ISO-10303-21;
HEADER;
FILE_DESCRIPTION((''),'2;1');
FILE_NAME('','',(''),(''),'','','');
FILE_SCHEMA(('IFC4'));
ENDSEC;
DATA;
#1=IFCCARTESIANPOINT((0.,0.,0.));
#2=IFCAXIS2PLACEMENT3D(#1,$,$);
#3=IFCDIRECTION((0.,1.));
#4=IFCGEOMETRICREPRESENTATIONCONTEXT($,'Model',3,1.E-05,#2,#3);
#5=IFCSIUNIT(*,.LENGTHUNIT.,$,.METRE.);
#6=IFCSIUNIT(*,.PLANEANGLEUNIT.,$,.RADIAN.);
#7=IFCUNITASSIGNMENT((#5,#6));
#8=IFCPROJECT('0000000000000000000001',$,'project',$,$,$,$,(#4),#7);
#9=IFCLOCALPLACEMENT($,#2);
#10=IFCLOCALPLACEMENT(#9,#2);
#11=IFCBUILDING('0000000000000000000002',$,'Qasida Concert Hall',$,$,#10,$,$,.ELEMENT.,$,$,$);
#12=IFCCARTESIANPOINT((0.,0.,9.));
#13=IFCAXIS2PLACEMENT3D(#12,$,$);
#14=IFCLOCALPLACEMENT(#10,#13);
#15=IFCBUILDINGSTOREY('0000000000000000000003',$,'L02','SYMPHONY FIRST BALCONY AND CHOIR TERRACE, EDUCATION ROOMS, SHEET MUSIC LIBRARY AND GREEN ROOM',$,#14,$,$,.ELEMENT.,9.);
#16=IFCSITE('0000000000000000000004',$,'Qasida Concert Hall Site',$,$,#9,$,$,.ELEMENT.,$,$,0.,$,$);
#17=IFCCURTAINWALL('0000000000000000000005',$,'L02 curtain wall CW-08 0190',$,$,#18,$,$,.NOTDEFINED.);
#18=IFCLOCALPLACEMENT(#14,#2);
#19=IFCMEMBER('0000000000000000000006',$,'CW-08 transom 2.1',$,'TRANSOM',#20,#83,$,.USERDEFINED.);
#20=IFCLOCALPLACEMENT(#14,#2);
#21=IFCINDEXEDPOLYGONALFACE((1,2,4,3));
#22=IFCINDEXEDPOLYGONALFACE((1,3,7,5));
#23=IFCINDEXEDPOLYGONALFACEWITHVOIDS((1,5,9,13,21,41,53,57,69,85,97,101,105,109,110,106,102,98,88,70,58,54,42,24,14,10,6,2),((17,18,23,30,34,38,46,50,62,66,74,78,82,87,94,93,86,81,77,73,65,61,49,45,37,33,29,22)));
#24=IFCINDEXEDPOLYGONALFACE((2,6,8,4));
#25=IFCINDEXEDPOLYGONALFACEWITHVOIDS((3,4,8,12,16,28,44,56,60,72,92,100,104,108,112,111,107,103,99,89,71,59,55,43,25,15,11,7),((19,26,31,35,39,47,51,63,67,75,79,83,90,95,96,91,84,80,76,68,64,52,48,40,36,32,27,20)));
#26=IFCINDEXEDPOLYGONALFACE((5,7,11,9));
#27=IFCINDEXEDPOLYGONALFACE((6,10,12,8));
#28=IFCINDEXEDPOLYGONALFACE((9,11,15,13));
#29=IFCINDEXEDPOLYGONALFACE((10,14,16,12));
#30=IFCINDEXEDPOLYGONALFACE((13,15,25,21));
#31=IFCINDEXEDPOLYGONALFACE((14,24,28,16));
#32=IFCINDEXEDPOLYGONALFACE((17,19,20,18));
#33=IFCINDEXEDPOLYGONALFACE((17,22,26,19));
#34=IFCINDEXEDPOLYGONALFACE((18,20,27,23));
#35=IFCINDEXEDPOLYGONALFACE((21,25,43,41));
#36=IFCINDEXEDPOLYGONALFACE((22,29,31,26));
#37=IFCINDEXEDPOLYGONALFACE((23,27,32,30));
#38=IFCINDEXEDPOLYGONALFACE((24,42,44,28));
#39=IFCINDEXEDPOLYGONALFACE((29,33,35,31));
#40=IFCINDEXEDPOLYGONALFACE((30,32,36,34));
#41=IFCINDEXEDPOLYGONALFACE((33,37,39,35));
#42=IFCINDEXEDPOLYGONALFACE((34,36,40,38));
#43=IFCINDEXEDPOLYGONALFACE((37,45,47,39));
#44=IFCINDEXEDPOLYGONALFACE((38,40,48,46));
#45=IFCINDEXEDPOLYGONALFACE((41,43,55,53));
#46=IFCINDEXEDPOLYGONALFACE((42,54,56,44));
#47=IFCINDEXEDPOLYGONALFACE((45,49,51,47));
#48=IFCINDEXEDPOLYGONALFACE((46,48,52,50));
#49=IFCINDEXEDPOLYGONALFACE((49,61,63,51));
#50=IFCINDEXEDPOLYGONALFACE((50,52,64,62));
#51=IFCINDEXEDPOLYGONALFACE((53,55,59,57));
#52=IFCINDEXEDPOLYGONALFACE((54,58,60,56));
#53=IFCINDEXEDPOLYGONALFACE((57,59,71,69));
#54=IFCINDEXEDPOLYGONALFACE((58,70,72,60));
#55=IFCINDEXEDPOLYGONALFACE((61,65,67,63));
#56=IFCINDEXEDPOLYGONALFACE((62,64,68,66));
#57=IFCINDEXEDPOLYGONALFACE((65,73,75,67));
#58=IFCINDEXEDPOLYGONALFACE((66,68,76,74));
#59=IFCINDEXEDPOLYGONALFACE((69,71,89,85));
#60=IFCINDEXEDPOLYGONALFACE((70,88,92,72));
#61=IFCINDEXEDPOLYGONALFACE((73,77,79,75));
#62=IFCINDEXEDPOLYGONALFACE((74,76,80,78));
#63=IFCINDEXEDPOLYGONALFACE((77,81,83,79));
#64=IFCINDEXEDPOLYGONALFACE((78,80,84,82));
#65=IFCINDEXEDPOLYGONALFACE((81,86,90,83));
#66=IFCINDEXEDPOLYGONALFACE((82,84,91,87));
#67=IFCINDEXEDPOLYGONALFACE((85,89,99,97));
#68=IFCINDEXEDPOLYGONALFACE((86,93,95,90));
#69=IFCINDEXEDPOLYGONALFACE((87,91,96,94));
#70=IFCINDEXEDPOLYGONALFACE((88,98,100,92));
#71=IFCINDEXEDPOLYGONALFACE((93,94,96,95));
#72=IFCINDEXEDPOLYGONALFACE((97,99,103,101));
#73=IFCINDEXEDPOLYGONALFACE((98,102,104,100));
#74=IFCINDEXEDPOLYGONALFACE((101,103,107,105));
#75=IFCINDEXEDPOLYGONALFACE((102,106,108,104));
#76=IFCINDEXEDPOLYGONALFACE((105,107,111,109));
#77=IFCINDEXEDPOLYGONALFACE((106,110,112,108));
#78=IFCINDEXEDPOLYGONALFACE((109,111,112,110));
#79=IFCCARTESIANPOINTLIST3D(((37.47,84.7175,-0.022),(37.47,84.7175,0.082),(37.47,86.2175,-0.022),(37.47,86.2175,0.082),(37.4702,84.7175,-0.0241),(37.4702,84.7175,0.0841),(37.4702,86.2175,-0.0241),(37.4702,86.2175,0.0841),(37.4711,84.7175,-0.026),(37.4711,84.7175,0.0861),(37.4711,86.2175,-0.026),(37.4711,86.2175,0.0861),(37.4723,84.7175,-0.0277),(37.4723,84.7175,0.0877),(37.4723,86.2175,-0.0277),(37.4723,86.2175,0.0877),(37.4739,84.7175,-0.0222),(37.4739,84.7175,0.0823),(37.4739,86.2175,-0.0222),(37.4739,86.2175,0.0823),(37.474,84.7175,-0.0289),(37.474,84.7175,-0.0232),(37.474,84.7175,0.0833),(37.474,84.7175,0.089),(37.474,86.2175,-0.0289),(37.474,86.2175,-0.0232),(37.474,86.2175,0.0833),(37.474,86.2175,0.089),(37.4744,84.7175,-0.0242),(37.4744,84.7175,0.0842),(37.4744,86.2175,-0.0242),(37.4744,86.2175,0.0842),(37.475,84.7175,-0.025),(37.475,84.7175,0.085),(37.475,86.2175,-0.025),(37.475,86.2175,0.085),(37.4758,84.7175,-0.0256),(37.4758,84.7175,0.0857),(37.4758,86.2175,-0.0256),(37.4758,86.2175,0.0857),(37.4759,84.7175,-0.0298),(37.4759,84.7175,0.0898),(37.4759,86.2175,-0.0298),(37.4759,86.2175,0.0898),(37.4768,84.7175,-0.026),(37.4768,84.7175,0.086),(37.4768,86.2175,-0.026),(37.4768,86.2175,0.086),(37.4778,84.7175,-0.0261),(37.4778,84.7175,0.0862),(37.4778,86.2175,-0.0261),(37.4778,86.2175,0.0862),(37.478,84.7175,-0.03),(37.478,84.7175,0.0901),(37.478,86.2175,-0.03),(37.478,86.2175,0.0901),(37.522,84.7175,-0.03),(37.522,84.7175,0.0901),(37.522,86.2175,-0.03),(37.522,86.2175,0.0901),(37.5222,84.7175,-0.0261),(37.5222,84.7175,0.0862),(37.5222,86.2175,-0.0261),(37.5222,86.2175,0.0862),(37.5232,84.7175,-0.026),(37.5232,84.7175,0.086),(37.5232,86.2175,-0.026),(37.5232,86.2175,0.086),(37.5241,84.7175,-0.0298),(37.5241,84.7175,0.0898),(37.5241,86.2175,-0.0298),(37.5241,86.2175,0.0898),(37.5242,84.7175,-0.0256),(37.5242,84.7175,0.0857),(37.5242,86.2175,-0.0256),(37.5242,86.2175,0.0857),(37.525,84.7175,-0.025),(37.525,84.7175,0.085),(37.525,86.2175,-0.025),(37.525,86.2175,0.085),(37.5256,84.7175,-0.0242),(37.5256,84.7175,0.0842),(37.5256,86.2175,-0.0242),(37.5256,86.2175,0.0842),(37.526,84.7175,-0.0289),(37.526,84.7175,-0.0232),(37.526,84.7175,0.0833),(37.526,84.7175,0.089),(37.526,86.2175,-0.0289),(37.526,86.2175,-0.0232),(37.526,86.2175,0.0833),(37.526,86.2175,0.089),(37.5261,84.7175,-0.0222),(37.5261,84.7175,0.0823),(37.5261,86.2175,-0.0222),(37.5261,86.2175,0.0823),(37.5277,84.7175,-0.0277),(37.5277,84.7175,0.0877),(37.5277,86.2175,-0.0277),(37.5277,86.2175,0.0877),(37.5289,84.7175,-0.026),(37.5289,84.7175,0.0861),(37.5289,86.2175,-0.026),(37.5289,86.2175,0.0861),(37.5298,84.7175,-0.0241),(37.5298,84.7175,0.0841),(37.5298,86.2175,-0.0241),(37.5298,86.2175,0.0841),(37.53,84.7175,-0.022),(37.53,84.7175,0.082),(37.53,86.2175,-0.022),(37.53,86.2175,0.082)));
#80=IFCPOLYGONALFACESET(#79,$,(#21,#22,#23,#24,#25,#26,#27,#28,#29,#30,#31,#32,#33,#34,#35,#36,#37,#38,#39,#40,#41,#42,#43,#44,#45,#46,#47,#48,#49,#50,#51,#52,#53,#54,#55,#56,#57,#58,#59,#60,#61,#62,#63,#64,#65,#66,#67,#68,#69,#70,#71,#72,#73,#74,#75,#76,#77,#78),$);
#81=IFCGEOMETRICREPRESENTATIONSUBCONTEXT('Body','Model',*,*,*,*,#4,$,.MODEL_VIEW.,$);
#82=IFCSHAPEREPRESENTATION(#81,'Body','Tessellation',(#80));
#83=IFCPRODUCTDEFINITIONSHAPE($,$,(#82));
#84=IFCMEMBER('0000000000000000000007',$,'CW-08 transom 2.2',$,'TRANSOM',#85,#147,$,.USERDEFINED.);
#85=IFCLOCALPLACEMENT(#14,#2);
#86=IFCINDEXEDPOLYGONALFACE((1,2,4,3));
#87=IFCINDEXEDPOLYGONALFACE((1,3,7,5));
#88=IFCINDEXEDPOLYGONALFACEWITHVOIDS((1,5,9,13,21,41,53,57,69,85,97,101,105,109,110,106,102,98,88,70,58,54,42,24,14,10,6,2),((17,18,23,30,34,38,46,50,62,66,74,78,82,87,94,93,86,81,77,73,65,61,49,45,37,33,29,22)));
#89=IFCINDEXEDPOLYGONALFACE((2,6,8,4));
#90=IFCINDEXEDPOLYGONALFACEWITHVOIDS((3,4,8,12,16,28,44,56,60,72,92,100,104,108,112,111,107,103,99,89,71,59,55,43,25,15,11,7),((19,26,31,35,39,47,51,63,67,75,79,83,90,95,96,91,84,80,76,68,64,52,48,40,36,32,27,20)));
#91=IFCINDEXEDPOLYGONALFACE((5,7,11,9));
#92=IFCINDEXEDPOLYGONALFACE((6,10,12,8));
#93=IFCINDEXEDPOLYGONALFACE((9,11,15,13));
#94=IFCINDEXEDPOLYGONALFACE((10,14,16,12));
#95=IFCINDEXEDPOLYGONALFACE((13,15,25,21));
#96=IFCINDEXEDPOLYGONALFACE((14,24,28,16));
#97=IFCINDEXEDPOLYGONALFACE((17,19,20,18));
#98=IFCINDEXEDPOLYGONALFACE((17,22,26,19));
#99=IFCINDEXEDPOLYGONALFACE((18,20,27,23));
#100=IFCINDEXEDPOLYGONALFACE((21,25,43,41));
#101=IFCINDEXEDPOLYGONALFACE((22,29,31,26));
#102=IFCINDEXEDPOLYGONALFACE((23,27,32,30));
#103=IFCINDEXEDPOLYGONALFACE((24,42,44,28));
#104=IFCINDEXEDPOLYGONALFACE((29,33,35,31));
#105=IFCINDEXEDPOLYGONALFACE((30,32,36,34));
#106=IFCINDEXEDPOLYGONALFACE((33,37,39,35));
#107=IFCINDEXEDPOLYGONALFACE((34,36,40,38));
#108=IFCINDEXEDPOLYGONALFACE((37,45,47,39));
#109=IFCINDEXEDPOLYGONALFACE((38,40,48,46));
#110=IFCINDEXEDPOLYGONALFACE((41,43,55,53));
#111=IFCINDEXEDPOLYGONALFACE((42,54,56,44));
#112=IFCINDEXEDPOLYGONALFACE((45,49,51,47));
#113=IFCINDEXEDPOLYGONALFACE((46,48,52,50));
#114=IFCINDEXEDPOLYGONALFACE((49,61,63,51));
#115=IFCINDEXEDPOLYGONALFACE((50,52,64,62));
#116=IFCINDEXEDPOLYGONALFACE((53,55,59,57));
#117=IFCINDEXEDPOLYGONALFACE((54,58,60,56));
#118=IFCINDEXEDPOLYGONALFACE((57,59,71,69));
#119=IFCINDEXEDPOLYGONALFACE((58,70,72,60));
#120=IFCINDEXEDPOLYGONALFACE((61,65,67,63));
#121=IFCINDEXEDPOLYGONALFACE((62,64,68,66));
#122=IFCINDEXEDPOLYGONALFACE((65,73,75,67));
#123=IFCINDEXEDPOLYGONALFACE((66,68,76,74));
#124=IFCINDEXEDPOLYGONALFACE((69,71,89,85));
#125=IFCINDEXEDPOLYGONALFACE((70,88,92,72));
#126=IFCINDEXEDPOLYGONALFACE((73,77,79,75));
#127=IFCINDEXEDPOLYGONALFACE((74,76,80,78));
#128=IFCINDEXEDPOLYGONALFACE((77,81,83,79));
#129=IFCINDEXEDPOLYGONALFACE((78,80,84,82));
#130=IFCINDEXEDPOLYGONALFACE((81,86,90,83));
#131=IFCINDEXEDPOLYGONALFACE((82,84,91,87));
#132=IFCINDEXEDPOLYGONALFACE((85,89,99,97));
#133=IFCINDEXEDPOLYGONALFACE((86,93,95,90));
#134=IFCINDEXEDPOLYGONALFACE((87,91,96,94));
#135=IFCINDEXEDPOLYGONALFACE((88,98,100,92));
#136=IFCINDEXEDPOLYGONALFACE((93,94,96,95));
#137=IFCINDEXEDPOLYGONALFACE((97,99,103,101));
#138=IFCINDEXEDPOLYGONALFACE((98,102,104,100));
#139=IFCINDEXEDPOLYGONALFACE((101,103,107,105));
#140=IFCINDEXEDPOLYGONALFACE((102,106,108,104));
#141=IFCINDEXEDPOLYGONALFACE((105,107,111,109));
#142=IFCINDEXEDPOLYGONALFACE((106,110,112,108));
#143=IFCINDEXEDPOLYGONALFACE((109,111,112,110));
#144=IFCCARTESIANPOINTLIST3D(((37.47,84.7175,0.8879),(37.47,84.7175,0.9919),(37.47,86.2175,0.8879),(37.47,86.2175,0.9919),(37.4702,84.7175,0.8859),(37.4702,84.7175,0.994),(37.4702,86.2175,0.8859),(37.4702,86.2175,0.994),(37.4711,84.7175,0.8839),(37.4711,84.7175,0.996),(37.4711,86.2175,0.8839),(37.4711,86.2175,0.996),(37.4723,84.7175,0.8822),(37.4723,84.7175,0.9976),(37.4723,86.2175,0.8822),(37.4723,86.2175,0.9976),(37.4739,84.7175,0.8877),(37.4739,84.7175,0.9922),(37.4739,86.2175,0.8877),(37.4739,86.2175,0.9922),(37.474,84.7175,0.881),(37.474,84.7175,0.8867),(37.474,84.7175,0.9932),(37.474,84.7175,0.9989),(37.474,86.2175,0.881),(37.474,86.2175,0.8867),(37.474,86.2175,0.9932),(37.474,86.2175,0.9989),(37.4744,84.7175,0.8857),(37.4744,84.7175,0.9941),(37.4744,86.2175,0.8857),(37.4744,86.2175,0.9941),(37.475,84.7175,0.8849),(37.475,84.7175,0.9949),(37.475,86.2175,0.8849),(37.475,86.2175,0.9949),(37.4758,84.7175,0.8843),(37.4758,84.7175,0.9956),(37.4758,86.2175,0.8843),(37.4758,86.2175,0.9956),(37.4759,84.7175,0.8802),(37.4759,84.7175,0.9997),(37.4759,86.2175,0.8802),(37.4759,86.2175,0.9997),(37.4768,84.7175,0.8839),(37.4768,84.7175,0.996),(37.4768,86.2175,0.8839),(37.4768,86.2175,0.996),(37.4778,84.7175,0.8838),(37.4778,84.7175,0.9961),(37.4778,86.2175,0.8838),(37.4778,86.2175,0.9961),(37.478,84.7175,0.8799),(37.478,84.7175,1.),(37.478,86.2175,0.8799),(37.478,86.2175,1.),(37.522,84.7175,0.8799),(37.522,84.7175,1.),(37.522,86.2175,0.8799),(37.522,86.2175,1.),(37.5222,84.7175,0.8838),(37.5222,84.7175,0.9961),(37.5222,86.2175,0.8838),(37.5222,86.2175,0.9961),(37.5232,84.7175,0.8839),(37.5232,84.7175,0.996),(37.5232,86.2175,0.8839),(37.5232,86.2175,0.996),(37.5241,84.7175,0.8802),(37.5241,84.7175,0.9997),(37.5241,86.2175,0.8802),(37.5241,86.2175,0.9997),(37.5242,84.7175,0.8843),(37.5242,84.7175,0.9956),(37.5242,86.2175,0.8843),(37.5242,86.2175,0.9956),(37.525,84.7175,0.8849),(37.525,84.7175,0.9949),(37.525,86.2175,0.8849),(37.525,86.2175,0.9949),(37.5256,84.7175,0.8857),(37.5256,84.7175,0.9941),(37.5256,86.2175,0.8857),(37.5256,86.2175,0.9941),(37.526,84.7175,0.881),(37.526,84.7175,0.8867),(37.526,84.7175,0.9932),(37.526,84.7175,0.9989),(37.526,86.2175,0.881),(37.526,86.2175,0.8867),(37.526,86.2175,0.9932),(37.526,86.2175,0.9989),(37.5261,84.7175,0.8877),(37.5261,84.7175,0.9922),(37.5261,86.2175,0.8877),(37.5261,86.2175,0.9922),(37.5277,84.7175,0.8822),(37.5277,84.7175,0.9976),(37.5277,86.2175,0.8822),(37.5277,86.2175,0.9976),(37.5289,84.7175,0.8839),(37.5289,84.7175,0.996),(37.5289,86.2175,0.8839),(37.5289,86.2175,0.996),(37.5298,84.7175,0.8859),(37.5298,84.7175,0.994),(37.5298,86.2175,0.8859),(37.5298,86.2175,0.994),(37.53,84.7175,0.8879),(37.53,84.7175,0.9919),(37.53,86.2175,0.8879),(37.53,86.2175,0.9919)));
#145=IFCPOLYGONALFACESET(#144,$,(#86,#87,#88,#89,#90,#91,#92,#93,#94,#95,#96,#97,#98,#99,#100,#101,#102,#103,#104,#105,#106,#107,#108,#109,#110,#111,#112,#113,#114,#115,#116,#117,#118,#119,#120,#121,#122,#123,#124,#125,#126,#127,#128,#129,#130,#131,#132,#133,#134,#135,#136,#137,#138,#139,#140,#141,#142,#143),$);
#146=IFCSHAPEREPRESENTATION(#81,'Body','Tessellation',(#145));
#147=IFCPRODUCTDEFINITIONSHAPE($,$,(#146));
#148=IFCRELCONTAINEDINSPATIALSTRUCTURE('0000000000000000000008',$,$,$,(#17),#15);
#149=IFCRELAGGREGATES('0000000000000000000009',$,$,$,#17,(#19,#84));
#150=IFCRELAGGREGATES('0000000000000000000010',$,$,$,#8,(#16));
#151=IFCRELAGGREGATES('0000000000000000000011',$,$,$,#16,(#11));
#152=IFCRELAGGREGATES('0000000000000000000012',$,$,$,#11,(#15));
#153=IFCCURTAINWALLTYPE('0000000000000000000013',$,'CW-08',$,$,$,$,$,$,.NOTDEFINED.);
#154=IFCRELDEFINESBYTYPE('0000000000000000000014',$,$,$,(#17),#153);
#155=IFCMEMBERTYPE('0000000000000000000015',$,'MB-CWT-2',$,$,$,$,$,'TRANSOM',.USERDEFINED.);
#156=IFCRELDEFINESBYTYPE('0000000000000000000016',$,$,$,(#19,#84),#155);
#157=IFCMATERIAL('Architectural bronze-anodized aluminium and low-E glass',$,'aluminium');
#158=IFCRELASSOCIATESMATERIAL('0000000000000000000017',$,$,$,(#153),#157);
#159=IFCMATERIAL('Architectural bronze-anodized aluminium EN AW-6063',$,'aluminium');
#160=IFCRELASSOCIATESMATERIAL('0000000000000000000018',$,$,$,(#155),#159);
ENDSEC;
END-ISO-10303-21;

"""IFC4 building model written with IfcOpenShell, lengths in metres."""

from ifc_helpers import new_model, si_unit, direction, frame, origin, origin_2d, place, context, subcontext, project, spatial, hollow_rectangle, extrude, material, material_profile, profile_set, type_object, element, aggregate, save


model = new_model("IFC4")

# Units and contexts
model_context = context("Model", 3, precision=1e-05, world=origin(), true_north=direction((0.0, 1.0)))
body_context = subcontext(model_context, "Body", "Model", "MODEL_VIEW")
ifc_project = project(units=[si_unit("LENGTHUNIT", "METRE"), si_unit("PLANEANGLEUNIT", "RADIAN")], contexts=[model_context])

# Site, building, storey
site_placement = place(None, origin())
site = spatial("IfcSite", under=ifc_project, at=site_placement, Name="Qasida Concert Hall Site", CompositionType="ELEMENT", RefElevation=0.0)
building_placement = place(site_placement, origin())
building = spatial("IfcBuilding", under=site, at=building_placement, Name="Qasida Concert Hall", CompositionType="ELEMENT")
storey_placement = place(building_placement, frame((0.0, 0.0, 9.0)))
storey = spatial("IfcBuildingStorey", under=building, at=storey_placement, Name="L02", Description="SYMPHONY FIRST BALCONY AND CHOIR TERRACE, EDUCATION ROOMS, SHEET MUSIC LIBRARY AND GREEN ROOM", CompositionType="ELEMENT", Elevation=9.0)

# Curtain wall, members
ifc_material_1 = material(Name="Architectural bronze-anodized aluminium and low-E glass", Category="aluminium")
curtain_wall_type = type_object("IfcCurtainWallType", Name="CW-08", PredefinedType="NOTDEFINED", material=ifc_material_1)
curtain_wall_placement = place(storey_placement, origin())
curtain_wall = element("IfcCurtainWall", 1, at=curtain_wall_placement, inside=storey, type_object=curtain_wall_type, Name="L02 curtain wall CW-08 0190", PredefinedType="NOTDEFINED")
ifc_material_2 = material(Name="Architectural bronze-anodized aluminium EN AW-6063", Category="aluminium")
ifc_material_profile_1 = material_profile(ifc_material_2, hollow_rectangle(XDim=0.0601, YDim=0.1201, WallThickness=0.0039, InnerFilletRadius=0.0039, OuterFilletRadius=0.0081, at=origin_2d()), Name="CWT 120x60x4")
ifc_profile_set_1 = profile_set([ifc_material_profile_1], Name="Architectural bronze-anodized aluminium EN AW-6063")
member_type_1 = type_object("IfcMemberType", Name="MB-CWT-2", ElementType="TRANSOM", PredefinedType="USERDEFINED", material=ifc_profile_set_1)
member_1_placement = place(storey_placement, frame((37.5, 84.7175, 0.03), z_axis=(0.0, 1.0, 0.0), x_axis=(-1.0, 0.0, 0.0)))
member_1 = element("IfcMember", 2, at=member_1_placement, type_object=member_type_1, Name="CW-08 transom 2.1", ObjectType="TRANSOM", PredefinedType="USERDEFINED", context=body_context, shape_type="SweptSolid", body=[
    extrude(hollow_rectangle(XDim=0.0601, YDim=0.1201, WallThickness=0.0039, InnerFilletRadius=0.0039, OuterFilletRadius=0.0081, at=origin_2d()), origin(), (0.0, 0.0, 1.0), 1.5),
])
member_2_placement = place(storey_placement, frame((37.5, 84.7175, 0.9399), z_axis=(0.0, 1.0, 0.0), x_axis=(-1.0, 0.0, 0.0)))
member_2 = element("IfcMember", 3, at=member_2_placement, type_object=member_type_1, Name="CW-08 transom 2.2", ObjectType="TRANSOM", PredefinedType="USERDEFINED", context=body_context, shape_type="SweptSolid", body=[
    extrude(hollow_rectangle(XDim=0.0601, YDim=0.1201, WallThickness=0.0039, InnerFilletRadius=0.0039, OuterFilletRadius=0.0081, at=origin_2d()), origin(), (0.0, 0.0, 1.0), 1.5),
])
aggregate(curtain_wall, [member_1, member_2])

save(model, "model.ifc")
